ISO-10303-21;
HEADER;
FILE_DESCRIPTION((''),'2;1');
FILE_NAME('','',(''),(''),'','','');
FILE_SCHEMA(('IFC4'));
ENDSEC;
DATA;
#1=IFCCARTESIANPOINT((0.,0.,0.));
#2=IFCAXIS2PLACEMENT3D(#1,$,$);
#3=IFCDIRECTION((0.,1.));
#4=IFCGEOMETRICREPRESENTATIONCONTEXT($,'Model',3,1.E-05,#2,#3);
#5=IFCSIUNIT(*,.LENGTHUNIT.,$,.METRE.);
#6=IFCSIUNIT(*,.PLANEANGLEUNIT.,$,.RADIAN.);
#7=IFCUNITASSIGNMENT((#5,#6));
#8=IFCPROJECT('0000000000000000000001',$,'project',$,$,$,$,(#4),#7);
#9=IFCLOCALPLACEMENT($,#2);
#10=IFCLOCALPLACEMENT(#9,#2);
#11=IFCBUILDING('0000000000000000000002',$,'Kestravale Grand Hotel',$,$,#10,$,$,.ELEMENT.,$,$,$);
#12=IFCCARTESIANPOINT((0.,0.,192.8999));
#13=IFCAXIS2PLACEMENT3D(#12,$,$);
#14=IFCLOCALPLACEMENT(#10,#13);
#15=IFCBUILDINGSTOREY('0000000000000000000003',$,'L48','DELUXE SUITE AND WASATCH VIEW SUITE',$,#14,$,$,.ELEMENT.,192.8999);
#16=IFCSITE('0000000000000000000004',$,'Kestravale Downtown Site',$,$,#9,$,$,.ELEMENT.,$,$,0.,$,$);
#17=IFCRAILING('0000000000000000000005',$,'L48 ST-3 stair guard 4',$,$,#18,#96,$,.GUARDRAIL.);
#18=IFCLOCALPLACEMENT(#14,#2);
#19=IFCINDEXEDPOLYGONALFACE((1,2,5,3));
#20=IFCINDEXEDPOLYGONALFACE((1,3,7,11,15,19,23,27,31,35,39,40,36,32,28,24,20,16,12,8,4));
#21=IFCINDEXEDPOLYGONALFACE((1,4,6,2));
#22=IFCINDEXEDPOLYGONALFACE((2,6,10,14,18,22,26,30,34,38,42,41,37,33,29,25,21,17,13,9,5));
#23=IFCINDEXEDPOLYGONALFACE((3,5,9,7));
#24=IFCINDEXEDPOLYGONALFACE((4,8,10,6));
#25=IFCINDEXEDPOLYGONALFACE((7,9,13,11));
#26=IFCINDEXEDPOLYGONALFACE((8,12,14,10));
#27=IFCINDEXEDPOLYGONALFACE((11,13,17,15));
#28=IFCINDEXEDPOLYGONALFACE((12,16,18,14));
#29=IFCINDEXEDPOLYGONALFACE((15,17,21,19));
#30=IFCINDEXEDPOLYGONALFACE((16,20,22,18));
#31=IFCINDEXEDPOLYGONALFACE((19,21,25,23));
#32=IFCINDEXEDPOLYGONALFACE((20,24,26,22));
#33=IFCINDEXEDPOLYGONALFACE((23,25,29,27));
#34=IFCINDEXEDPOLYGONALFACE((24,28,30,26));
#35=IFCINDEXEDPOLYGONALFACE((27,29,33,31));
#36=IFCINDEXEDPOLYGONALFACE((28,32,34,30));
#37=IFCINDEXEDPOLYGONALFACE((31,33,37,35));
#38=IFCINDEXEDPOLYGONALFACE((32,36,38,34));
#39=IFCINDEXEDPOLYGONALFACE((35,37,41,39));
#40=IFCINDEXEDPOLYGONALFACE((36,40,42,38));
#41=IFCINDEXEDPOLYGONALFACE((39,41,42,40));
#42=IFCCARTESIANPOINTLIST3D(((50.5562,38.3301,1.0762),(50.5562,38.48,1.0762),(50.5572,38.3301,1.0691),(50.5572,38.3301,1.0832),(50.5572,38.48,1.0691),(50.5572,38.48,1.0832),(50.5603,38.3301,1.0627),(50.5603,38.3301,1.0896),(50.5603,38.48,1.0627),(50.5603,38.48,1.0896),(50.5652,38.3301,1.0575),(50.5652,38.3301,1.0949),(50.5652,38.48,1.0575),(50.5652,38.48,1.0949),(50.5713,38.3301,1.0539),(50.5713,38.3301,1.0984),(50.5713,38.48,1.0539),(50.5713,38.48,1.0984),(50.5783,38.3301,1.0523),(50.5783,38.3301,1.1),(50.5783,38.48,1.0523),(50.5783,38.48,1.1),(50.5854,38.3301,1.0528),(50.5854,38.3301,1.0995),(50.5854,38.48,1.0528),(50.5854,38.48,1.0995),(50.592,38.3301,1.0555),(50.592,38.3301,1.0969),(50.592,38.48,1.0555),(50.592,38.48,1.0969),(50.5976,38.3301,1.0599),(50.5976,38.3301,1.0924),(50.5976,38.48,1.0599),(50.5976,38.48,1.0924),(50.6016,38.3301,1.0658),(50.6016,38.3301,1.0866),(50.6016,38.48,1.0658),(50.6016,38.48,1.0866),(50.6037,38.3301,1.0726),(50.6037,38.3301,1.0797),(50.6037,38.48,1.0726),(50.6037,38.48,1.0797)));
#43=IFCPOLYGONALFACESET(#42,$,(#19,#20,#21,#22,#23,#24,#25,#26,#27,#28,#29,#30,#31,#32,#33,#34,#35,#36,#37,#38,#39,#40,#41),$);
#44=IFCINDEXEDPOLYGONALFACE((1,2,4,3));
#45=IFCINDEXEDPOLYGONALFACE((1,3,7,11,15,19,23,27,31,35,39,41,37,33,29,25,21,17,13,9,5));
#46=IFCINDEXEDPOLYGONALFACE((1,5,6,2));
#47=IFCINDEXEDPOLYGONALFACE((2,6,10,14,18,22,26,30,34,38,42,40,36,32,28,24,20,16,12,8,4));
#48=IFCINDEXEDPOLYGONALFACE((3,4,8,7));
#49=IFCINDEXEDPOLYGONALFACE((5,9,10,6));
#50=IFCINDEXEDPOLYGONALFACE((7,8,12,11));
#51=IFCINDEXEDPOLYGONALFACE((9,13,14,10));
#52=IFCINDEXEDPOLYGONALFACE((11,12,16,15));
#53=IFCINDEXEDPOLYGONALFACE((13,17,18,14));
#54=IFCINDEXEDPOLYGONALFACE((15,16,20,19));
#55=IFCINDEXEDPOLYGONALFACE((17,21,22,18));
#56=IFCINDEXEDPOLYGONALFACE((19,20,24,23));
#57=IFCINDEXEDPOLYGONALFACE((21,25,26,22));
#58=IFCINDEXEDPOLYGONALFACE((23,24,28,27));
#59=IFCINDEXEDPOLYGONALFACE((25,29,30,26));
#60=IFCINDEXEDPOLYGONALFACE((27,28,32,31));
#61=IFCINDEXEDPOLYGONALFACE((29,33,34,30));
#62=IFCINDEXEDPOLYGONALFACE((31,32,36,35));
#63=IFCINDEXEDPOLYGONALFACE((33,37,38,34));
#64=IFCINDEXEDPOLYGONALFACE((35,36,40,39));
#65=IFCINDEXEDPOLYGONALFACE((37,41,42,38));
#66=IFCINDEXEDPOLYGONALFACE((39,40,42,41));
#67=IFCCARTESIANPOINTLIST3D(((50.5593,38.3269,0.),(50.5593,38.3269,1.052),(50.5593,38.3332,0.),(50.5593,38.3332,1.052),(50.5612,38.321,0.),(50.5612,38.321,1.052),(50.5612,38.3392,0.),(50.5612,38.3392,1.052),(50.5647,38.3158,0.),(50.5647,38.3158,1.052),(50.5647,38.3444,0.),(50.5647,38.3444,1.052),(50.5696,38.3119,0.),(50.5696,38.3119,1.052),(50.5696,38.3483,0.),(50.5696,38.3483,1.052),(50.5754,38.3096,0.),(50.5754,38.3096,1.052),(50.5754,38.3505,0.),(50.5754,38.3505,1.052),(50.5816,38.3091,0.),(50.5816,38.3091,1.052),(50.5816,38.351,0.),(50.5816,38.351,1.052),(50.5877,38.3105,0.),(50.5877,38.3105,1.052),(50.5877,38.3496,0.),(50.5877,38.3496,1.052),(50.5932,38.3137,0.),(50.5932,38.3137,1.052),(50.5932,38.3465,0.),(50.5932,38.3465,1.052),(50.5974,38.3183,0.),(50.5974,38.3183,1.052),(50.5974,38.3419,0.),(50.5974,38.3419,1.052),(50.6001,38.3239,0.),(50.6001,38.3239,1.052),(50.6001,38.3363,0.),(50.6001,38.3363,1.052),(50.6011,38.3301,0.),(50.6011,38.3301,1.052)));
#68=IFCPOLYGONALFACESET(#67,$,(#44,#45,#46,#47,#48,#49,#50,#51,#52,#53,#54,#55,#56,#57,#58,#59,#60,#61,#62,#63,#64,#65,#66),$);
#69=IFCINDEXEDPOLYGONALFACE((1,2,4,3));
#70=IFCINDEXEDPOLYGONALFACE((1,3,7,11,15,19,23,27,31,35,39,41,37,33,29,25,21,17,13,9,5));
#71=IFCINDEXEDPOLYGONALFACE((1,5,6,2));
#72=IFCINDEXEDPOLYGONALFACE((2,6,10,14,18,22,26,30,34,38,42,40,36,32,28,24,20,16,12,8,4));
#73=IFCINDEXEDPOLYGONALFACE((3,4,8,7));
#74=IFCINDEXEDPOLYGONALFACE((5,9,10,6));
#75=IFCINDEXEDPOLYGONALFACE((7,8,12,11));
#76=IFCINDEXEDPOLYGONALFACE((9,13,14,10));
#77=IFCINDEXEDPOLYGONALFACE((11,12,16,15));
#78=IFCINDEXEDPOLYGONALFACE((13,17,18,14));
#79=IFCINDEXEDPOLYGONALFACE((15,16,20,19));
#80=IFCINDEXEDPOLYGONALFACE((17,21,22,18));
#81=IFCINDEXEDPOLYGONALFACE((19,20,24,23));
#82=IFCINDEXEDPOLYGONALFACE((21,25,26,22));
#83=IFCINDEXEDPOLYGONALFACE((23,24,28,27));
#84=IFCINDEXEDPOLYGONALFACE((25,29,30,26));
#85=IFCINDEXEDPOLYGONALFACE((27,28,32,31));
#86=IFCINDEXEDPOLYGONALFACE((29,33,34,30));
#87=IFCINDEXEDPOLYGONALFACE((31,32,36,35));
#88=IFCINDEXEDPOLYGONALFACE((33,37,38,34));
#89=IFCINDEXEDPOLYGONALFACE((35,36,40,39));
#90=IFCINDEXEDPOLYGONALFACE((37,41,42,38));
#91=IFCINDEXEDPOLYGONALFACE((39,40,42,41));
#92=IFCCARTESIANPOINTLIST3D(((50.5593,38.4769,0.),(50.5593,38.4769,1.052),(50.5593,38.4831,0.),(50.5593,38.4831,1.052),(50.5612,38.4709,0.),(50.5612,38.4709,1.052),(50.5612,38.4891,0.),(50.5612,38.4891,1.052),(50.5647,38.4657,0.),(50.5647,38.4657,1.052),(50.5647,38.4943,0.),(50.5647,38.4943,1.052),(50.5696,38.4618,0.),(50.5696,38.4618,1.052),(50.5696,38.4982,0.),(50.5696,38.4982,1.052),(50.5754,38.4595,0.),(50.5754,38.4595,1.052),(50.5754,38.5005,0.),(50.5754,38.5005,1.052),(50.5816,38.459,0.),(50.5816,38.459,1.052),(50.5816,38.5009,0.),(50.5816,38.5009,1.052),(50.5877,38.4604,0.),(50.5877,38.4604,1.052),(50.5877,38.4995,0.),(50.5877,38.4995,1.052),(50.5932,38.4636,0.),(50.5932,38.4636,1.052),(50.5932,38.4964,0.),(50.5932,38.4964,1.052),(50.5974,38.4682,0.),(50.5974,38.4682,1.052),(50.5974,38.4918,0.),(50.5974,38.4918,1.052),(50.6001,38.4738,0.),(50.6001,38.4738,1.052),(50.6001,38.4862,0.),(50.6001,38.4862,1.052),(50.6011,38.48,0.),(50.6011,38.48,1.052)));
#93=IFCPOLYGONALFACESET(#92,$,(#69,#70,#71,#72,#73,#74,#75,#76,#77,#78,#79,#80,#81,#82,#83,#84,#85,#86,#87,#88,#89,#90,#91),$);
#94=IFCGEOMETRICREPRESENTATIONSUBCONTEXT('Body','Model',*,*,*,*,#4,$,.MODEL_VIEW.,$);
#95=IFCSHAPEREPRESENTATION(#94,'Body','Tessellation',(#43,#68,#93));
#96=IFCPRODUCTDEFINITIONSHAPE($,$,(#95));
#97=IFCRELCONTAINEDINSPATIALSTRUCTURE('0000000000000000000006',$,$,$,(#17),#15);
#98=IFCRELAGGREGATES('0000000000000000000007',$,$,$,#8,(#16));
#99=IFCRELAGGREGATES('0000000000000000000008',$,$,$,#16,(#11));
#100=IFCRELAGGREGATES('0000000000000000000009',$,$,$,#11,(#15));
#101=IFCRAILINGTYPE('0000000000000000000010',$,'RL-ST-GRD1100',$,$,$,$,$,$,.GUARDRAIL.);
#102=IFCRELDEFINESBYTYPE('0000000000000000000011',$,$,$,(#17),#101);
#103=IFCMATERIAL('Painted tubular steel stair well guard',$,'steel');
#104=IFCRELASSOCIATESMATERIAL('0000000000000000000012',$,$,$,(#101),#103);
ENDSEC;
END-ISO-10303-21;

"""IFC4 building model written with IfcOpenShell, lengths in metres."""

from ifc_helpers import new_model, si_unit, direction, frame, origin, origin_2d, place, context, subcontext, project, spatial, circle, extrude, material, type_object, element, save


model = new_model("IFC4")

# Units and contexts
model_context = context("Model", 3, precision=1e-05, world=origin(), true_north=direction((0.0, 1.0)))
body_context = subcontext(model_context, "Body", "Model", "MODEL_VIEW")
ifc_project = project(units=[si_unit("LENGTHUNIT", "METRE"), si_unit("PLANEANGLEUNIT", "RADIAN")], contexts=[model_context])

# Site, building, storey
site_placement = place(None, origin())
site = spatial("IfcSite", under=ifc_project, at=site_placement, Name="Kestravale Downtown Site", CompositionType="ELEMENT", RefElevation=0.0)
building_placement = place(site_placement, origin())
building = spatial("IfcBuilding", under=site, at=building_placement, Name="Kestravale Grand Hotel", CompositionType="ELEMENT")
storey_placement = place(building_placement, frame((0.0, 0.0, 192.8999)))
storey = spatial("IfcBuildingStorey", under=building, at=storey_placement, Name="L48", Description="DELUXE SUITE AND WASATCH VIEW SUITE", CompositionType="ELEMENT", Elevation=192.8999)

# Railing
ifc_material_1 = material(Name="Painted tubular steel stair well guard", Category="steel")
railing_type_1 = type_object("IfcRailingType", Name="RL-ST-GRD1100", PredefinedType="GUARDRAIL", material=ifc_material_1)
railing_1_placement = place(storey_placement, frame((50.5801, 38.3301, 0.0)))
element("IfcRailing", 1, at=railing_1_placement, inside=storey, type_object=railing_type_1, Name="L48 ST-3 stair guard 4", PredefinedType="GUARDRAIL", context=body_context, shape_type="SweptSolid", body=[
    extrude(circle(Radius=0.0239, at=origin_2d()), frame((0.0, 0.0, 1.0762), z_axis=(0.0, 1.0, 0.0), x_axis=(-1.0, 0.0, 0.0)), (0.0, 0.0, 1.0), 0.1499),
    extrude(circle(Radius=0.021, at=origin_2d()), origin(), (0.0, 0.0, 1.0), 1.052),
    extrude(circle(Radius=0.021, at=origin_2d()), frame((0.0, 0.1499, 0.0)), (0.0, 0.0, 1.0), 1.052),
])

save(model, "model.ifc")
